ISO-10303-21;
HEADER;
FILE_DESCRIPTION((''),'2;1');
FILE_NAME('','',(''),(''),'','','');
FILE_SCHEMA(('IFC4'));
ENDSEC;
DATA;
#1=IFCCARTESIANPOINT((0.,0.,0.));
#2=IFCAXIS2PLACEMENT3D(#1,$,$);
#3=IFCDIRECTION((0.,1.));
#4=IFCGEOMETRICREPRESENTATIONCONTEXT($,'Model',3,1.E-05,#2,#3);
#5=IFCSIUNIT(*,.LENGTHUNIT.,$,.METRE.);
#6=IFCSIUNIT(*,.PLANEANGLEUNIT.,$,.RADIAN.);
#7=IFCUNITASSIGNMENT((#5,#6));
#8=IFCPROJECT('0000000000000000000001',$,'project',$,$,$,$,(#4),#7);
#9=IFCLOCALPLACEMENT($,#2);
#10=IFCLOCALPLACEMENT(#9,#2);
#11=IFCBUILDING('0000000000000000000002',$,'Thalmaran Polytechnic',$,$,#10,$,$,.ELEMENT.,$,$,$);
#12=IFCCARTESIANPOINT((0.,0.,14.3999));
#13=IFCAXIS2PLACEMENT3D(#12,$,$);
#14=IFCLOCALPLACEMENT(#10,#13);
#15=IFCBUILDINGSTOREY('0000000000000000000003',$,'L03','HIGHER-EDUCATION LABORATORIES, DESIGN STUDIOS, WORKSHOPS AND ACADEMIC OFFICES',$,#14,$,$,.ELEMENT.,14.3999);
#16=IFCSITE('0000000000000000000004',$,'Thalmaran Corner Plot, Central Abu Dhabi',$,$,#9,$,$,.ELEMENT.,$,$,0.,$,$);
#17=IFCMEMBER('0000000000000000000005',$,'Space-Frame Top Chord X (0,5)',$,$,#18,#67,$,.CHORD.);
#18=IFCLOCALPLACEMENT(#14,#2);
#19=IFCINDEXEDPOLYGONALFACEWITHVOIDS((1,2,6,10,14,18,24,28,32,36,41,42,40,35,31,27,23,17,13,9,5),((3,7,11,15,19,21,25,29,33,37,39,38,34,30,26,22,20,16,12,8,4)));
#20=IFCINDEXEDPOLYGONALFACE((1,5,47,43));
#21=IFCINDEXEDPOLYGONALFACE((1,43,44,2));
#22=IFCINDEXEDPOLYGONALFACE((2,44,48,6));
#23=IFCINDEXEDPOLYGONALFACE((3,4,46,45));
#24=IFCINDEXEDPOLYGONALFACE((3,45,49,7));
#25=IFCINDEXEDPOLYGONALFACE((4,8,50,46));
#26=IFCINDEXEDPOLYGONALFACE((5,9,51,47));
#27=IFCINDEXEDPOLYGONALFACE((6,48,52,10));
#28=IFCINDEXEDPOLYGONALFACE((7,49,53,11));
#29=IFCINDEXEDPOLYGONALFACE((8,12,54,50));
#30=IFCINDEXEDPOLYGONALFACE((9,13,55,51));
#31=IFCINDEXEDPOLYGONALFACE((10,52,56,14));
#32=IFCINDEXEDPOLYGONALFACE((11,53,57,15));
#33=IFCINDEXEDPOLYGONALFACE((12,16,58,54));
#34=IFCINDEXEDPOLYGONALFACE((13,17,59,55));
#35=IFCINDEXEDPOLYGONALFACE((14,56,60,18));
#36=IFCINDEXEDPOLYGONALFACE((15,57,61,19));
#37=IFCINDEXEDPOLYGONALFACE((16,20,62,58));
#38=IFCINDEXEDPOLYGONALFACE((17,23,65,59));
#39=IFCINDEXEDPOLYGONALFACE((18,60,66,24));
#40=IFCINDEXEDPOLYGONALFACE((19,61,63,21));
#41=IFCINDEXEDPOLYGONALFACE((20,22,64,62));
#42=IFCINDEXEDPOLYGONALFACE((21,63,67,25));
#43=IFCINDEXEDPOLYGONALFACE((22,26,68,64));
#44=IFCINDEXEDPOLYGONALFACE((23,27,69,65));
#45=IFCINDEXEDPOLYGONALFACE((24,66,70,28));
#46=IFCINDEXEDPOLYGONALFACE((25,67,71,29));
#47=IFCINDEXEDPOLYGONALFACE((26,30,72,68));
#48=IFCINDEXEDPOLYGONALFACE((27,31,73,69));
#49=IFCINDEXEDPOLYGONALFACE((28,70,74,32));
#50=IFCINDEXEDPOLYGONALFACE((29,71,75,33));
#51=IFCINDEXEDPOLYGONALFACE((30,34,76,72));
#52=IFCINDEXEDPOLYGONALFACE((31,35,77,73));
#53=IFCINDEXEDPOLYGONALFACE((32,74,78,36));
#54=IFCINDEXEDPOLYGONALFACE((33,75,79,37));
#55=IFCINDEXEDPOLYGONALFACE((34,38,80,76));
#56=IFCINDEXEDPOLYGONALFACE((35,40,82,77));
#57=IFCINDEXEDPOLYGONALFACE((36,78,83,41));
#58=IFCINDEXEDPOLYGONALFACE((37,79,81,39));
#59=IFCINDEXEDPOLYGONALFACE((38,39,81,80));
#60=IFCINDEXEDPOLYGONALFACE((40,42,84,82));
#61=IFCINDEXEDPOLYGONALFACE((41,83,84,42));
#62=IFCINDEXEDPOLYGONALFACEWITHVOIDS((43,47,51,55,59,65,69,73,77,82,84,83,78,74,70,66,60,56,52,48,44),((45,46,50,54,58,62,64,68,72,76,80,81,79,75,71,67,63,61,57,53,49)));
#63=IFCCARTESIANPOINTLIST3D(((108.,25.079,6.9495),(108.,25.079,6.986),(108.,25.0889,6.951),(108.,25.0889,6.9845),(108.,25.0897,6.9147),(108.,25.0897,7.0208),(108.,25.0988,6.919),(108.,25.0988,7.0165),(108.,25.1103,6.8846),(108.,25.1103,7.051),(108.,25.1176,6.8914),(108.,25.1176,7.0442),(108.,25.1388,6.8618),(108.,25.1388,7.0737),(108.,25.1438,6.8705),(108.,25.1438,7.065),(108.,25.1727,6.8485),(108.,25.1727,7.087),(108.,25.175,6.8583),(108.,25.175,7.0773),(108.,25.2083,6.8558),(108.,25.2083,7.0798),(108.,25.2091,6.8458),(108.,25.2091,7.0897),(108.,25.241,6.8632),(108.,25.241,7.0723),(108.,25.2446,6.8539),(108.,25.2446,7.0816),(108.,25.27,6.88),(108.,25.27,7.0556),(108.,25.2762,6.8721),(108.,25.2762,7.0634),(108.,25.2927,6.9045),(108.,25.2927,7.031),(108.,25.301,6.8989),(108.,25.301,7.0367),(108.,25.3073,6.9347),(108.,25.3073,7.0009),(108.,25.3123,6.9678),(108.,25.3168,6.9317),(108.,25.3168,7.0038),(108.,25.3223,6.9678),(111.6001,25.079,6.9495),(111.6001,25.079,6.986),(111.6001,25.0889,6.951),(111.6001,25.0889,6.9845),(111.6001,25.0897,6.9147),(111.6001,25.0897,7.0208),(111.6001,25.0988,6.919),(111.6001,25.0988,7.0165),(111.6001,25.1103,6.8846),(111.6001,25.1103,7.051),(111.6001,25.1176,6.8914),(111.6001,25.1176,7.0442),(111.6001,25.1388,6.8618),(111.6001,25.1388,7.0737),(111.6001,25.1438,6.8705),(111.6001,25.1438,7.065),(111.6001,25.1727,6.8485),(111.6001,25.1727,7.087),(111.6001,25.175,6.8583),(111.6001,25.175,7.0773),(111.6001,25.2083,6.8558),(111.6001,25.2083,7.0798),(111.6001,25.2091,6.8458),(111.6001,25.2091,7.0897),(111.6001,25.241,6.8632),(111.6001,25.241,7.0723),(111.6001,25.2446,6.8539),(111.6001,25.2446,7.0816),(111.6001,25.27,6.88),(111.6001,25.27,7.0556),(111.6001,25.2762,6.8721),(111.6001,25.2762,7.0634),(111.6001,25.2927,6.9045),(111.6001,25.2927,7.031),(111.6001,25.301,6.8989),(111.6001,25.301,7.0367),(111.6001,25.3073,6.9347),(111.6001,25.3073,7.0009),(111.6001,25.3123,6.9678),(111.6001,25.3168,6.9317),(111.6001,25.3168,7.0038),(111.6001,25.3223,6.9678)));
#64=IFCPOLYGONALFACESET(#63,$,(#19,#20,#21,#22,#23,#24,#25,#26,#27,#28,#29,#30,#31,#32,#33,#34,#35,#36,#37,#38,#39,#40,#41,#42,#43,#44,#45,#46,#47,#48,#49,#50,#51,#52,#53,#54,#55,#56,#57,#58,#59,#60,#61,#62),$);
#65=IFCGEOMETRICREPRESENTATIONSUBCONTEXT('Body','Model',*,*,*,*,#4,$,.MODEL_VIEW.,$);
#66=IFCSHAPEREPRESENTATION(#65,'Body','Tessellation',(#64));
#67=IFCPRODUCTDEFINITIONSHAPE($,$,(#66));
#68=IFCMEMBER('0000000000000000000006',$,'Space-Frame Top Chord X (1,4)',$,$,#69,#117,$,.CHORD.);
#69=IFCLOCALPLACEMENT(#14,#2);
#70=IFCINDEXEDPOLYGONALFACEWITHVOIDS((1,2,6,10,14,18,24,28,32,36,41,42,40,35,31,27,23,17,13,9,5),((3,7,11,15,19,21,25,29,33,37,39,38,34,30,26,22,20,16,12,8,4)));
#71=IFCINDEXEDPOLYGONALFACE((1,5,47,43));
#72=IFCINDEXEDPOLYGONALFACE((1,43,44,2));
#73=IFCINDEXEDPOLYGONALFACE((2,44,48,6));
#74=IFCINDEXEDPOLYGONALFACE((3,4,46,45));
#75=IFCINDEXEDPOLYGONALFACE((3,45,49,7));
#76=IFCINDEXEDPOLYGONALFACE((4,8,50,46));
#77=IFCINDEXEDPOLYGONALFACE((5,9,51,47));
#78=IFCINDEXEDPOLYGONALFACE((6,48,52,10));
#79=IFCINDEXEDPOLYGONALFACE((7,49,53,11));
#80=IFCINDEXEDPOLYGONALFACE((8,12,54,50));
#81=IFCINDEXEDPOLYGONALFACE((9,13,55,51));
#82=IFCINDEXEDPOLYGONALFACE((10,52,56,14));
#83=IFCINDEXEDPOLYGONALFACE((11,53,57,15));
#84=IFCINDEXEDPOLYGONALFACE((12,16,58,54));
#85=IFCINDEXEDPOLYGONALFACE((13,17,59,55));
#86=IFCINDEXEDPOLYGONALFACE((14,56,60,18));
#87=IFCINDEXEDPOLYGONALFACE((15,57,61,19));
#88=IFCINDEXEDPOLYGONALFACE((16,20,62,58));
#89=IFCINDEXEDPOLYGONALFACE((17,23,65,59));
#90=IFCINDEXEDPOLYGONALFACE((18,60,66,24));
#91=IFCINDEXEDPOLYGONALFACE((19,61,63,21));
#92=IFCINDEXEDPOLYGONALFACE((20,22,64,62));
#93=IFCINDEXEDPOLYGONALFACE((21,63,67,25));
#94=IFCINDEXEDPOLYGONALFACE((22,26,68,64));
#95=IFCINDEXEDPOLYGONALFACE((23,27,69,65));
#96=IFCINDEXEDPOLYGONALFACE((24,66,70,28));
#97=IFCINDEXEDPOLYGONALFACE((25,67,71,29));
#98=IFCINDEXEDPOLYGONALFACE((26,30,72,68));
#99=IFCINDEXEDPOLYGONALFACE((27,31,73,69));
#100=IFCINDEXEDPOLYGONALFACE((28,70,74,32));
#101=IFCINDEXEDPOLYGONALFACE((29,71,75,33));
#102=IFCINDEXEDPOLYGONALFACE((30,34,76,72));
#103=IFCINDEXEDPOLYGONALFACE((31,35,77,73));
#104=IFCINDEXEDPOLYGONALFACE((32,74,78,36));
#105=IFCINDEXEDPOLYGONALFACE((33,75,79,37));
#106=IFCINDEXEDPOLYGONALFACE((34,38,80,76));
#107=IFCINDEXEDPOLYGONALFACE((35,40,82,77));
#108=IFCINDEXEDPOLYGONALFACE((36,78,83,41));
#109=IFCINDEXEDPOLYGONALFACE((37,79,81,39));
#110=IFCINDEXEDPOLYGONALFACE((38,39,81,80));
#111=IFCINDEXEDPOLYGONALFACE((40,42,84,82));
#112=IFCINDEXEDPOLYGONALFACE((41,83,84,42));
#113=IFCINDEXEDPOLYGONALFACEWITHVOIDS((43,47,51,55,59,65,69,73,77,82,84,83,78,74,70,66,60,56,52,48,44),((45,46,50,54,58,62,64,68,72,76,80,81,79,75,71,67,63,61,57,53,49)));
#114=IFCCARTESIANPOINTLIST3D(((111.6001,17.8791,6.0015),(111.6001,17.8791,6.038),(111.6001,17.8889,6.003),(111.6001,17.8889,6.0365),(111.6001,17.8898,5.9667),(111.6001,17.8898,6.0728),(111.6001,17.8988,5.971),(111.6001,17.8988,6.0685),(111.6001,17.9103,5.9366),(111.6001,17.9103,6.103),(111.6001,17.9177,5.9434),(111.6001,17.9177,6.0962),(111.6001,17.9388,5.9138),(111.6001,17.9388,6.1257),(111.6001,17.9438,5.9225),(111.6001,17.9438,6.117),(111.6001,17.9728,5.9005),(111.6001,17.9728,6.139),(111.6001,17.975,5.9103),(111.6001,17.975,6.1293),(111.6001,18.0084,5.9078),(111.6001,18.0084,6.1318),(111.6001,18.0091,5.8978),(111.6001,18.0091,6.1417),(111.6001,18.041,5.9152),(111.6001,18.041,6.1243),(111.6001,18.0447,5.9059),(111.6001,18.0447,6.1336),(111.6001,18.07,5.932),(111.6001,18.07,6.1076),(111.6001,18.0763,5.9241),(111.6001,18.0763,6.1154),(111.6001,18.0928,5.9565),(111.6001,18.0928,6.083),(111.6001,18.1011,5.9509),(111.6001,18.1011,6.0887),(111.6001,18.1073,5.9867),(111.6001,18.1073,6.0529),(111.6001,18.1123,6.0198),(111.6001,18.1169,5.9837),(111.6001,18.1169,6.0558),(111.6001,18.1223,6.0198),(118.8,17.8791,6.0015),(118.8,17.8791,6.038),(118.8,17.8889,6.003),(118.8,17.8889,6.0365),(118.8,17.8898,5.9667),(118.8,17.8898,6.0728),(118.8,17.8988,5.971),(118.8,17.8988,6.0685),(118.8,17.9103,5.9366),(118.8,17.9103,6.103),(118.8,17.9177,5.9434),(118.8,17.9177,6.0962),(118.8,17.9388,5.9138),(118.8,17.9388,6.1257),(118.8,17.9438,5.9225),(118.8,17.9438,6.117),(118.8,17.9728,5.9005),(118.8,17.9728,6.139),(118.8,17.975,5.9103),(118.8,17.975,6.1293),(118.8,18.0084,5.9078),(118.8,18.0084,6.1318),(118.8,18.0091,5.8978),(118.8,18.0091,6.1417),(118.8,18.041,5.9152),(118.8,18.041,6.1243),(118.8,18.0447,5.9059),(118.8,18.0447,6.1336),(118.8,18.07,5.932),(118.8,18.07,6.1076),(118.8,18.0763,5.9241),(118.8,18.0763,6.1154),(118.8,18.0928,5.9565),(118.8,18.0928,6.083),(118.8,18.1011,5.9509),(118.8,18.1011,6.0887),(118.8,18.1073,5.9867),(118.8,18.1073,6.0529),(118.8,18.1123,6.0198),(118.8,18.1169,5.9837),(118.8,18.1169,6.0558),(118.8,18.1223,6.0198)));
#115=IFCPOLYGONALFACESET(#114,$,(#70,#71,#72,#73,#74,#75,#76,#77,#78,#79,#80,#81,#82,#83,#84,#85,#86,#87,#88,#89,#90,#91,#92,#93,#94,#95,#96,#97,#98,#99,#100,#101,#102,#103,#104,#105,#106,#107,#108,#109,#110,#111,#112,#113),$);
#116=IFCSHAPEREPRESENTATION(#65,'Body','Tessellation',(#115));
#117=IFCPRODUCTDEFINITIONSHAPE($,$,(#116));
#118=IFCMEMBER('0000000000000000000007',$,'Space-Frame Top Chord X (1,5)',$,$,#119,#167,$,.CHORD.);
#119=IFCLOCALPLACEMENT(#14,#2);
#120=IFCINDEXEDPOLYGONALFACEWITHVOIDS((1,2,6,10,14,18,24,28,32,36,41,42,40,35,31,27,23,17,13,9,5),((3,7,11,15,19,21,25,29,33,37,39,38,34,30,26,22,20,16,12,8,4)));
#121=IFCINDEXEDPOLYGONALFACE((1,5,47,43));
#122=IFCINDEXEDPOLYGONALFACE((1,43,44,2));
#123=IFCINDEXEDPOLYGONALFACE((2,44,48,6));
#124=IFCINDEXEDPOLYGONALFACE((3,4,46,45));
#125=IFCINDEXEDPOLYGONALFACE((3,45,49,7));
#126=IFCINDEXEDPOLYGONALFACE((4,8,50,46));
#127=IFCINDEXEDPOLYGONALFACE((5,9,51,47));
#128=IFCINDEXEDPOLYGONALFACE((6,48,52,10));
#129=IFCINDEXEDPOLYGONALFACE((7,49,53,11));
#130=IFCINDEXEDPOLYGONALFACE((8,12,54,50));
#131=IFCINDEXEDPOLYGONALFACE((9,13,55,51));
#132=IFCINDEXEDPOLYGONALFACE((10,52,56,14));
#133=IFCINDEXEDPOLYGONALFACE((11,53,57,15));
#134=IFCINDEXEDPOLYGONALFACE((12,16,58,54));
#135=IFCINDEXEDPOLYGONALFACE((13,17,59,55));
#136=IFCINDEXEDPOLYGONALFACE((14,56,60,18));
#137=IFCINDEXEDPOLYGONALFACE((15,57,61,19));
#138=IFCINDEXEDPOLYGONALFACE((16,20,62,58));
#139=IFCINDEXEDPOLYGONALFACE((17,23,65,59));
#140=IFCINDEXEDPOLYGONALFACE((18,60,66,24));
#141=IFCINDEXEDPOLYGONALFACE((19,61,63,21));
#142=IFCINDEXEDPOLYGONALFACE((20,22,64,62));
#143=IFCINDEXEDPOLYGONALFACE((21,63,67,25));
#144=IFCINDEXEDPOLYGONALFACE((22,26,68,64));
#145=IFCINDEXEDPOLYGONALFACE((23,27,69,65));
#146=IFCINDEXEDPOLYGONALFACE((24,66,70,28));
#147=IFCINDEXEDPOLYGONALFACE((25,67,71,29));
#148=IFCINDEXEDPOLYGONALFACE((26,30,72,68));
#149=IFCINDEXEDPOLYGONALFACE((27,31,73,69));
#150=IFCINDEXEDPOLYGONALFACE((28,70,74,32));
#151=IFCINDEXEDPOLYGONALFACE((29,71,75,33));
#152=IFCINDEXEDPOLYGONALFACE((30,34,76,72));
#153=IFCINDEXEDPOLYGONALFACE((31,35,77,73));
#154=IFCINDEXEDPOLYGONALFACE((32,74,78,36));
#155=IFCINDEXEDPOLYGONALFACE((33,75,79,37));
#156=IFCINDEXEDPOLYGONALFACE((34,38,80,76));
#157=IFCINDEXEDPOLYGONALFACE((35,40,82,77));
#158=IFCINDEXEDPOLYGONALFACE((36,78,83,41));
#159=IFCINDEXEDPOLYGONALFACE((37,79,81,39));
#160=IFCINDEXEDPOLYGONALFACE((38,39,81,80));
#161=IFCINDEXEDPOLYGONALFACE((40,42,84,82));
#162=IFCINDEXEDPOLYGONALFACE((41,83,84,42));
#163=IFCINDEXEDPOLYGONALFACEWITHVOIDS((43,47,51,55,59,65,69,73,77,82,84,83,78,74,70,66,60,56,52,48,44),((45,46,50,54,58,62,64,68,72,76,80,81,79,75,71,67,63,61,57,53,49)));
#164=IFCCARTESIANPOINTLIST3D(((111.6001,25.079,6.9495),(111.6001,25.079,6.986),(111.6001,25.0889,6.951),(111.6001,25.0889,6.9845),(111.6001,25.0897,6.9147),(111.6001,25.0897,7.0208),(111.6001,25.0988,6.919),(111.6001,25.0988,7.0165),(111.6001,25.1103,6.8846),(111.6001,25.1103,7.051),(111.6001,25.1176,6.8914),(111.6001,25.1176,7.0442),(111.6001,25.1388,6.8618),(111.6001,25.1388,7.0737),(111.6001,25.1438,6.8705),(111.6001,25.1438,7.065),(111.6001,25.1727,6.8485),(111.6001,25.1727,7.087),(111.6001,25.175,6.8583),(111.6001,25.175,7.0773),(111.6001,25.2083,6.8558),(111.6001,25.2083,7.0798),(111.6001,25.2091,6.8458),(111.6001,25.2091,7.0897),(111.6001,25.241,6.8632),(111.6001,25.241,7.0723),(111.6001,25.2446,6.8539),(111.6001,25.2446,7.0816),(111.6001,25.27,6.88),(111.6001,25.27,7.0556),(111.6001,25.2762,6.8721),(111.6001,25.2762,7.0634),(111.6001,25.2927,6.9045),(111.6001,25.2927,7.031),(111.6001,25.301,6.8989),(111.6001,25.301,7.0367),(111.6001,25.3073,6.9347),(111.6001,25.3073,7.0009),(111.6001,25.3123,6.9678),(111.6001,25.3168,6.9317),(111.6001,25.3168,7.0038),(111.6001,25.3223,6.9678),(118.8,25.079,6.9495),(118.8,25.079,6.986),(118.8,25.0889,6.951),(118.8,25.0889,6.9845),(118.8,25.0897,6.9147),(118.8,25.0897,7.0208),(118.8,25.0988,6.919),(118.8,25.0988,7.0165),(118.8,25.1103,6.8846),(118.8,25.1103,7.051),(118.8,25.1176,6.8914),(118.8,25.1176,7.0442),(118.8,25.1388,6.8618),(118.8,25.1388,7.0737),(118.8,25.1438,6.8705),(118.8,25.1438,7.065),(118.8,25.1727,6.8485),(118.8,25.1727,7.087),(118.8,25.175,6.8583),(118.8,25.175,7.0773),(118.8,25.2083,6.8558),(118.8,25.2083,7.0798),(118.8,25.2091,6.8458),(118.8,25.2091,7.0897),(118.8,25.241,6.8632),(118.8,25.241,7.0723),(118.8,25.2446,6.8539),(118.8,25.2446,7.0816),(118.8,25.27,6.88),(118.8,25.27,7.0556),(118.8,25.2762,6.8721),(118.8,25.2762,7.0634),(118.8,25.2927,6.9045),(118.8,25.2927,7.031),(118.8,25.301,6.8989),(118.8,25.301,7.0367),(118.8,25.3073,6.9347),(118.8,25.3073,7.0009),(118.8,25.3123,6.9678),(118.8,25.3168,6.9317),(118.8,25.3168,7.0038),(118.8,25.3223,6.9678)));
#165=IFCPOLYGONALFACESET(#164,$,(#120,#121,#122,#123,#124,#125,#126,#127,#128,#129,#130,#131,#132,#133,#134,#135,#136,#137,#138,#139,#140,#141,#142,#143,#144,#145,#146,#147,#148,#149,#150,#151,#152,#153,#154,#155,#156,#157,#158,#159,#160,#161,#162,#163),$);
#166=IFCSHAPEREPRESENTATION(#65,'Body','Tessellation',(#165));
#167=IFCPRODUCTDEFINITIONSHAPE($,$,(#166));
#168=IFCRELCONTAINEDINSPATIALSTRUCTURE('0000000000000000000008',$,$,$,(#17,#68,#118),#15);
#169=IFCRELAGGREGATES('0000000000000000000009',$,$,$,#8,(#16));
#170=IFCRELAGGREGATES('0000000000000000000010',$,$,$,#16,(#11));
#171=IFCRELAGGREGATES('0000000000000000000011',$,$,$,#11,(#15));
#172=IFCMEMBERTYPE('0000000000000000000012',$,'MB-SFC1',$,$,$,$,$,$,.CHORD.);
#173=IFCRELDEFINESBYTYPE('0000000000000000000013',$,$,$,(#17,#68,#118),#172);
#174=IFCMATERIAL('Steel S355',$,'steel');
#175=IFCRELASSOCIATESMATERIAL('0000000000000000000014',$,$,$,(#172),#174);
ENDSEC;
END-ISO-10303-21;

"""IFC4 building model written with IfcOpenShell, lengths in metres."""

from ifc_helpers import new_model, si_unit, direction, frame, origin, origin_2d, place, context, subcontext, project, spatial, hollow_circle, extrude, material, material_profile, profile_set, type_object, element, save


model = new_model("IFC4")

# Units and contexts
model_context = context("Model", 3, precision=1e-05, world=origin(), true_north=direction((0.0, 1.0)))
body_context = subcontext(model_context, "Body", "Model", "MODEL_VIEW")
ifc_project = project(units=[si_unit("LENGTHUNIT", "METRE"), si_unit("PLANEANGLEUNIT", "RADIAN")], contexts=[model_context])

# Site, building, storey
site_placement = place(None, origin())
site = spatial("IfcSite", under=ifc_project, at=site_placement, Name="Thalmaran Corner Plot, Central Abu Dhabi", CompositionType="ELEMENT", RefElevation=0.0)
building_placement = place(site_placement, origin())
building = spatial("IfcBuilding", under=site, at=building_placement, Name="Thalmaran Polytechnic", CompositionType="ELEMENT")
storey_placement = place(building_placement, frame((0.0, 0.0, 14.3999)))
storey = spatial("IfcBuildingStorey", under=building, at=storey_placement, Name="L03", Description="HIGHER-EDUCATION LABORATORIES, DESIGN STUDIOS, WORKSHOPS AND ACADEMIC OFFICES", CompositionType="ELEMENT", Elevation=14.3999)

# Shared definitions
ifc_material_1 = material(Name="Steel S355", Category="steel")

# Members
ifc_material_profile_1 = material_profile(ifc_material_1, hollow_circle(Radius=0.1223, WallThickness=0.01, at=origin_2d()), Name="CHS 244.5x10.0")
ifc_profile_set_1 = profile_set([ifc_material_profile_1], Name="Steel S355")
member_type_1 = type_object("IfcMemberType", Name="MB-SFC1", PredefinedType="CHORD", material=ifc_profile_set_1)
for number, where, z_axis, x_axis, name in (
    (1, (108.0, 25.2, 6.9678), (1.0, 0.0, 0.0), (0.0, 1.0, 0.0), "Space-Frame Top Chord X (0,5)"),
):
    element("IfcMember", number, at=place(storey_placement, frame(where, z_axis=z_axis, x_axis=x_axis)), inside=storey, type_object=member_type_1, Name=name, PredefinedType="CHORD", context=body_context, shape_type="SweptSolid", body=[
        extrude(hollow_circle(Radius=0.1223, WallThickness=0.01, at=origin_2d()), origin(), (0.0, 0.0, 1.0), 3.6001),
    ])
for number, where, z_axis, x_axis, name in (
    (2, (111.6001, 18.0, 6.0198), (1.0, 0.0, 0.0), (0.0, 1.0, 0.0), "Space-Frame Top Chord X (1,4)"),
    (3, (111.6001, 25.2, 6.9678), (1.0, 0.0, 0.0), (0.0, 1.0, 0.0), "Space-Frame Top Chord X (1,5)"),
):
    element("IfcMember", number, at=place(storey_placement, frame(where, z_axis=z_axis, x_axis=x_axis)), inside=storey, type_object=member_type_1, Name=name, PredefinedType="CHORD", context=body_context, shape_type="SweptSolid", body=[
        extrude(hollow_circle(Radius=0.1223, WallThickness=0.01, at=origin_2d()), origin(), (0.0, 0.0, 1.0), 7.2),
    ])

save(model, "model.ifc")
